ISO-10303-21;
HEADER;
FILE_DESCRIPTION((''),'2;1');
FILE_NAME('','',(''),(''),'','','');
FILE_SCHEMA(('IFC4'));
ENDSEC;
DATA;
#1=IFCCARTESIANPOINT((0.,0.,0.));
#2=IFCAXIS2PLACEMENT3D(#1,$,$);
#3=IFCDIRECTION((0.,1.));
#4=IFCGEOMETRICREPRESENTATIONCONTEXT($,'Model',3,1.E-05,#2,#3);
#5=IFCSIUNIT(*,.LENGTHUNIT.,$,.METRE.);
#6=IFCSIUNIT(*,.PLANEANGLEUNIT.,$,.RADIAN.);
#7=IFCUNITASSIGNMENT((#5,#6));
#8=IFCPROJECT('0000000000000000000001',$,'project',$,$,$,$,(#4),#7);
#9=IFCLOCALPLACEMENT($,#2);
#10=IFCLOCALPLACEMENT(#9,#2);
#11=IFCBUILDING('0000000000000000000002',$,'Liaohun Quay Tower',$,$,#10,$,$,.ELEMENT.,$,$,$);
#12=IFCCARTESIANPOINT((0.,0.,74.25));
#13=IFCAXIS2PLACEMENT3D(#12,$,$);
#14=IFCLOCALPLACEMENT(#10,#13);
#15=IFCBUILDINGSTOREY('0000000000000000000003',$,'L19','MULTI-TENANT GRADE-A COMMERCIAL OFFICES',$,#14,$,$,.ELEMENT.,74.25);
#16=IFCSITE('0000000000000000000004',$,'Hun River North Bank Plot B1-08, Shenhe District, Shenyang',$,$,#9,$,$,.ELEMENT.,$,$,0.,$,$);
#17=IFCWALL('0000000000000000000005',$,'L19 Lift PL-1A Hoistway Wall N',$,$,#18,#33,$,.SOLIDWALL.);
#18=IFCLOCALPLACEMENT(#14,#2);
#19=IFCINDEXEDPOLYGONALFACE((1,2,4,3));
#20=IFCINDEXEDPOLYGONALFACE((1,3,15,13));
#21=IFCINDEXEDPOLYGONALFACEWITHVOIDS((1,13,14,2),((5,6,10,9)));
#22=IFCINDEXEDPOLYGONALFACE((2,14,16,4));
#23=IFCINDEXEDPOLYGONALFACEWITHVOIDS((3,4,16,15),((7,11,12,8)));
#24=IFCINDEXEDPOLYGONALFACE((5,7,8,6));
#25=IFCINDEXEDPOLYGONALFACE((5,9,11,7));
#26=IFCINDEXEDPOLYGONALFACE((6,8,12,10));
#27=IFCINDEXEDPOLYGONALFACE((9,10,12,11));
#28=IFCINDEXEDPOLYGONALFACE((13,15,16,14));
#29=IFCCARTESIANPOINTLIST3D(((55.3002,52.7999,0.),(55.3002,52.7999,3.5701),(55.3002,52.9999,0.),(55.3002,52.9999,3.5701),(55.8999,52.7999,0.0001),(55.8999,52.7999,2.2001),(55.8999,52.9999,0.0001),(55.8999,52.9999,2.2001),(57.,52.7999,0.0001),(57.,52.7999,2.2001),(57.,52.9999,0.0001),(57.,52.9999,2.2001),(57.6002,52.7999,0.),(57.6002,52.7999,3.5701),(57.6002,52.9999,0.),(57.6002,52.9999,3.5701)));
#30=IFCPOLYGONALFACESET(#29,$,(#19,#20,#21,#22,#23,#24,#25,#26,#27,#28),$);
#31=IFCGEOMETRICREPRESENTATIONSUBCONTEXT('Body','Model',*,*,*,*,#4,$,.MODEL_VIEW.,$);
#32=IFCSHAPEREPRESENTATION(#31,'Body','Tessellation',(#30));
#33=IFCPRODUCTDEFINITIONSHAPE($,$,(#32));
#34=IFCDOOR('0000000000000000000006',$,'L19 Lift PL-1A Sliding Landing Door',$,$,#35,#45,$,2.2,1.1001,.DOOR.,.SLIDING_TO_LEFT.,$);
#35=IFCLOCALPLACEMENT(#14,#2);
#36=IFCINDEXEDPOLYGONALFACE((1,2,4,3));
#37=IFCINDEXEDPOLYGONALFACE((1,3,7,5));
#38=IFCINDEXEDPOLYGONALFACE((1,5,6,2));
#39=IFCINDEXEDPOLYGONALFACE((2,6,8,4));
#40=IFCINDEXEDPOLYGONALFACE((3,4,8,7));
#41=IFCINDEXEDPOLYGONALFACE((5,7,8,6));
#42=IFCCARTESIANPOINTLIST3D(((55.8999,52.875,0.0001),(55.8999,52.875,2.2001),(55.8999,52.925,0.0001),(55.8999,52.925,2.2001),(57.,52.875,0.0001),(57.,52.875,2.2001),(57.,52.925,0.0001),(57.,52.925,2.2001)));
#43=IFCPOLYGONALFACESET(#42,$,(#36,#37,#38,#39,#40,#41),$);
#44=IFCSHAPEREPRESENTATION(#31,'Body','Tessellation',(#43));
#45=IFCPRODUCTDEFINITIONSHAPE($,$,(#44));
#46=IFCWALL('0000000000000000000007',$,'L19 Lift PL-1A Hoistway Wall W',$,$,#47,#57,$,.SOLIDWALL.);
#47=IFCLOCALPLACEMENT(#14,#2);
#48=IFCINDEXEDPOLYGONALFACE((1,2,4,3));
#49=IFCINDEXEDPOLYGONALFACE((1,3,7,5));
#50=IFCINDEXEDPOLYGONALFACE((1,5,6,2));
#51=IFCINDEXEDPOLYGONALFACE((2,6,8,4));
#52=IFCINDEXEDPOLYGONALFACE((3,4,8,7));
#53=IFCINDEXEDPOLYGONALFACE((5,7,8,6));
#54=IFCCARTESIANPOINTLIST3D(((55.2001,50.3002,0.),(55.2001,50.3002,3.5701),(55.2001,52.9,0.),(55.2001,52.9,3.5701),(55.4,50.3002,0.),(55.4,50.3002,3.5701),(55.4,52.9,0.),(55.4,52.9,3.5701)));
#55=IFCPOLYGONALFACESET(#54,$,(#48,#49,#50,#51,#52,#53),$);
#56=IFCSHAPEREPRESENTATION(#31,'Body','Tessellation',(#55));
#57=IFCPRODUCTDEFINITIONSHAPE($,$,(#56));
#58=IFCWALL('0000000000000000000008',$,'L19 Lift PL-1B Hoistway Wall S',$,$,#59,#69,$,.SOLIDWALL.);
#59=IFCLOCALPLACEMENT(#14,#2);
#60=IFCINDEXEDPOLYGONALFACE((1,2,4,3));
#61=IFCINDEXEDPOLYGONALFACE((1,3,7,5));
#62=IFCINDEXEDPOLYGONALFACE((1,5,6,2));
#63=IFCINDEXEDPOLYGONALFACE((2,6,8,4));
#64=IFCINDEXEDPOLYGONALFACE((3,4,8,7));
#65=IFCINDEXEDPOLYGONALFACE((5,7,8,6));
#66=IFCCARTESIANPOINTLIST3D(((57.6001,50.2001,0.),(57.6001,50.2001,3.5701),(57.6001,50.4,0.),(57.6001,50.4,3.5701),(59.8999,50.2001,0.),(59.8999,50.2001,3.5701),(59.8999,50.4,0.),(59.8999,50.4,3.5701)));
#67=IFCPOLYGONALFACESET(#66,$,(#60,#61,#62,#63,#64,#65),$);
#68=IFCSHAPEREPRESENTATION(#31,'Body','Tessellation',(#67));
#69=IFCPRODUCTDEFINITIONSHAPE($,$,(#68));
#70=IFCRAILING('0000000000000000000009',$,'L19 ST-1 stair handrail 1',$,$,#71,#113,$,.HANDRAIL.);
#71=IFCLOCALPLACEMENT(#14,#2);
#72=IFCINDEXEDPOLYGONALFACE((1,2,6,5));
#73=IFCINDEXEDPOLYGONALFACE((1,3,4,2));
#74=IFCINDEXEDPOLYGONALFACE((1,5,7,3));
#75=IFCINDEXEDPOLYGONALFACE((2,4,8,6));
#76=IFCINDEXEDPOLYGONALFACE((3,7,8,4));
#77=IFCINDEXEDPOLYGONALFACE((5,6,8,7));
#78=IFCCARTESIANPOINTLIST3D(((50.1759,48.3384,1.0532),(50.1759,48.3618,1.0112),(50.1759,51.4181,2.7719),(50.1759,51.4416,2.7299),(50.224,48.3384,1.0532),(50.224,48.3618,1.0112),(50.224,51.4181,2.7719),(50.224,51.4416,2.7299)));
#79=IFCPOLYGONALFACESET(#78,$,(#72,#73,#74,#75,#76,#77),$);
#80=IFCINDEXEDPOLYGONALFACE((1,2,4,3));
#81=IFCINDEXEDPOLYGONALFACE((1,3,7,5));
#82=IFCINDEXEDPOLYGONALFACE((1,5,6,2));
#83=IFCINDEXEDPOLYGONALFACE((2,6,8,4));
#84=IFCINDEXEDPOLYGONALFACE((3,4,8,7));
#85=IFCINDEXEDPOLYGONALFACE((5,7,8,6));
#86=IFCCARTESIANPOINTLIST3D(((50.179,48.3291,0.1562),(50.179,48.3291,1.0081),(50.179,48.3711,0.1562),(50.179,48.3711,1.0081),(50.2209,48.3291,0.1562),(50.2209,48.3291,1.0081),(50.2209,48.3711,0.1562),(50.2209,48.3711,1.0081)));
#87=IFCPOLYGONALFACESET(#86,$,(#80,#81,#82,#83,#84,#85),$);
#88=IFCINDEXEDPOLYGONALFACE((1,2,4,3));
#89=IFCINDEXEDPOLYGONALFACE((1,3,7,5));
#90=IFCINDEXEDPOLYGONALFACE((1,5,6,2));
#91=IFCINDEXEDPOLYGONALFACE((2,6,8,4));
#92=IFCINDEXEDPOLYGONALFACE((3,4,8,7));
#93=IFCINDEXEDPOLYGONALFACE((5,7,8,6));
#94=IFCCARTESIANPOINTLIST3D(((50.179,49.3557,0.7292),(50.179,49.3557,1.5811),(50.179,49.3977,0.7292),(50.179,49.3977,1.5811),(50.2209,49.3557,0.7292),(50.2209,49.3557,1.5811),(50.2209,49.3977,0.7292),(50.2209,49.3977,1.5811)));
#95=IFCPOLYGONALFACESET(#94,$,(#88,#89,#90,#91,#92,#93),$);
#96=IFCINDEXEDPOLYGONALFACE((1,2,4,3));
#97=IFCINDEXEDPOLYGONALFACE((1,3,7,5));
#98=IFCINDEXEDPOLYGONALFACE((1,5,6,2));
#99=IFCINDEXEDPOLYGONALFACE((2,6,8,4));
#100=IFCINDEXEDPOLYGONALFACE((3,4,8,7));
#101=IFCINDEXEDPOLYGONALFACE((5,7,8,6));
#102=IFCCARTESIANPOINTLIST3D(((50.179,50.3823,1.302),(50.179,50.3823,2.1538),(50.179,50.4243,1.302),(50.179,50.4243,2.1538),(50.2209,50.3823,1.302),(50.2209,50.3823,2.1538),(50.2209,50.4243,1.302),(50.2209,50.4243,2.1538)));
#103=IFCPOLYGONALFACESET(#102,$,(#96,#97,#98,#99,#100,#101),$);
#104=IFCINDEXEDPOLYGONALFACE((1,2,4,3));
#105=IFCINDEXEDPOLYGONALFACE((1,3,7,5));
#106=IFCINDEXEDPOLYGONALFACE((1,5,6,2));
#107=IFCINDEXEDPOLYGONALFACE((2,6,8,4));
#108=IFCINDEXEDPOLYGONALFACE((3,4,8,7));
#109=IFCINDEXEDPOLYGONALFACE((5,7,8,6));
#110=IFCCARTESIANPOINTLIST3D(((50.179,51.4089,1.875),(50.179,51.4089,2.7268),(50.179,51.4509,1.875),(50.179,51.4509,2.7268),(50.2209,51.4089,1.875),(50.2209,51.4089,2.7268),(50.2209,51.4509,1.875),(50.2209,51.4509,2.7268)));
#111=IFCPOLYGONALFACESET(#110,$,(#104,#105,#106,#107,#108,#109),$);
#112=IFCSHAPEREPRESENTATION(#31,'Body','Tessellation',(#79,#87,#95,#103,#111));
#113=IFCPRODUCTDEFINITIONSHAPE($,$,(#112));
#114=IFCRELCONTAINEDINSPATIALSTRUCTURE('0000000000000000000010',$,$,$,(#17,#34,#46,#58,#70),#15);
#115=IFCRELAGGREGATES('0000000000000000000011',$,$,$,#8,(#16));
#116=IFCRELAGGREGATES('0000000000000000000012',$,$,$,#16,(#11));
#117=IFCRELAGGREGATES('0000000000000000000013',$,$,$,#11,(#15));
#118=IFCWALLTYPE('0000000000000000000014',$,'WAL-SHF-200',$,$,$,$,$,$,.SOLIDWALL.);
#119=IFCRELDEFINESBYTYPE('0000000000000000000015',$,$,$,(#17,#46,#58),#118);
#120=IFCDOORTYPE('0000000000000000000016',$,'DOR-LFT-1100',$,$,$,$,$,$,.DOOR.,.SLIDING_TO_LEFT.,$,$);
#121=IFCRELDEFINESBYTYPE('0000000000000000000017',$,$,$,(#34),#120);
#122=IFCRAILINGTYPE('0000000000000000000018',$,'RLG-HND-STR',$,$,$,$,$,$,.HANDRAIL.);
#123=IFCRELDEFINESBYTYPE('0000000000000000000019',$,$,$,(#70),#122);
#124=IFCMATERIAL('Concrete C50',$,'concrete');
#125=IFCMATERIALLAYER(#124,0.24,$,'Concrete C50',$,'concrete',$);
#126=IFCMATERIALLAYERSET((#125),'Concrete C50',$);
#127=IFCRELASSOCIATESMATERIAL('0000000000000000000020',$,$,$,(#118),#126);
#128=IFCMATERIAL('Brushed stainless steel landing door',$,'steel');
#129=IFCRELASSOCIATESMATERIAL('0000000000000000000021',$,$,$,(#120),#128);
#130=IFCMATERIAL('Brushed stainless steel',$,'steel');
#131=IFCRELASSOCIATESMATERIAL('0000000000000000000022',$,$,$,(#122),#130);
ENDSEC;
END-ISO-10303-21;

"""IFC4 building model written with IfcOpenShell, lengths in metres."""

from ifc_helpers import new_model, si_unit, direction, frame, frame_2d, origin, origin_2d, place, context, subcontext, project, spatial, rectangle, extrude, source, transform, mapped, material, layer, layer_set, type_object, element, fill, save


model = new_model("IFC4")

# Units and contexts
model_context = context("Model", 3, precision=1e-05, world=origin(), true_north=direction((0.0, 1.0)))
body_context = subcontext(model_context, "Body", "Model", "MODEL_VIEW")
ifc_project = project(units=[si_unit("LENGTHUNIT", "METRE"), si_unit("PLANEANGLEUNIT", "RADIAN")], contexts=[model_context])

# Site, building, storey
site_placement = place(None, origin())
site = spatial("IfcSite", under=ifc_project, at=site_placement, Name="Hun River North Bank Plot B1-08, Shenhe District, Shenyang", CompositionType="ELEMENT", RefElevation=0.0)
building_placement = place(site_placement, origin())
building = spatial("IfcBuilding", under=site, at=building_placement, Name="Liaohun Quay Tower", CompositionType="ELEMENT")
storey_placement = place(building_placement, frame((0.0, 0.0, 74.25)))
storey = spatial("IfcBuildingStorey", under=building, at=storey_placement, Name="L19", Description="MULTI-TENANT GRADE-A COMMERCIAL OFFICES", CompositionType="ELEMENT", Elevation=74.25)

# Shared definitions
ifc_material_1 = material(Name="Concrete C50", Category="concrete")

# Shared definitions
ifc_layer_1 = layer(ifc_material_1, 0.24, Name="Concrete C50", Category="concrete")
ifc_layer_set_1 = layer_set([ifc_layer_1], Name="Concrete C50")
wall_type_1 = type_object("IfcWallType", Name="WAL-SHF-200", PredefinedType="SOLIDWALL", material=ifc_layer_set_1)

# Wall, opening, door
wall_1_placement = place(storey_placement, frame((57.6001, 52.8999, 0.0), z_axis=(0.0, 0.0, 1.0), x_axis=(-1.0, 0.0, 0.0)))
wall_1 = element("IfcWall", 1, at=wall_1_placement, inside=storey, type_object=wall_type_1, Name="L19 Lift PL-1A Hoistway Wall N", PredefinedType="SOLIDWALL", context=body_context, shape_type="SweptSolid", body=[
    extrude(rectangle(XDim=2.3, YDim=0.2, at=frame_2d((1.1499, 0.0))), origin(), (0.0, 0.0, 1.0), 3.5701),
])
shared_shape_1 = source(origin(), body_context, "Body", "SweptSolid", [
    extrude(rectangle(XDim=1.1001, YDim=2.2, at=frame_2d((0.55, 1.1001))), frame((0.0, 0.1099, 0.0), z_axis=(0.0, -1.0, 0.0), x_axis=(1.0, 0.0, 0.0)), (0.0, 0.0, 1.0), 0.22),
])
opening_1_placement = place(wall_1_placement, frame((0.6001, 0.0, 0.0)))
opening_1 = element("IfcOpeningElement", 2, at=opening_1_placement, cuts=wall_1, PredefinedType="OPENING", context=body_context, shape_type="MappedRepresentation", body=[
    mapped(shared_shape_1, transform((0.0, 0.0, 0.0), x_axis=(1.0, 0.0, 0.0), y_axis=(0.0, 1.0, 0.0), z_axis=(0.0, 0.0, 1.0), scale=1.0)),
])
ifc_material_2 = material(Name="Brushed stainless steel landing door", Category="steel")
door_type_1 = type_object("IfcDoorType", Name="DOR-LFT-1100", OperationType="SLIDING_TO_LEFT", PredefinedType="DOOR", material=ifc_material_2)
shared_shape_2 = source(origin(), body_context, "Body", "SweptSolid", [
    extrude(rectangle(XDim=1.1001, YDim=2.2, at=frame_2d((0.55, 1.1001))), frame((0.0, 0.0249, 0.0), z_axis=(0.0, -1.0, 0.0), x_axis=(1.0, 0.0, 0.0)), (0.0, 0.0, 1.0), 0.05),
])
door_1_placement = place(opening_1_placement, origin())
door_1 = element("IfcDoor", 3, at=door_1_placement, inside=storey, type_object=door_type_1, Name="L19 Lift PL-1A Sliding Landing Door", OperationType="SLIDING_TO_LEFT", OverallHeight=2.2, OverallWidth=1.1001, PredefinedType="DOOR", context=body_context, shape_type="MappedRepresentation", body=[
    mapped(shared_shape_2, transform((0.0, 0.0, 0.0), x_axis=(1.0, 0.0, 0.0), y_axis=(0.0, 1.0, 0.0), z_axis=(0.0, 0.0, 1.0), scale=1.0)),
])
fill(opening_1, door_1)

# Walls
wall_2_placement = place(storey_placement, frame((55.3, 52.8999, 0.0), z_axis=(0.0, 0.0, 1.0), x_axis=(0.0, -1.0, 0.0)))
element("IfcWall", 4, at=wall_2_placement, inside=storey, type_object=wall_type_1, Name="L19 Lift PL-1A Hoistway Wall W", PredefinedType="SOLIDWALL", context=body_context, shape_type="SweptSolid", body=[
    extrude(rectangle(XDim=2.5999, YDim=0.2, at=frame_2d((1.2998, 0.0))), origin(), (0.0, 0.0, 1.0), 3.5701),
])
wall_3_placement = place(storey_placement, frame((57.6001, 50.3, 0.0), z_axis=(0.0, 0.0, 1.0), x_axis=(1.0, 0.0, 0.0)))
element("IfcWall", 5, at=wall_3_placement, inside=storey, type_object=wall_type_1, Name="L19 Lift PL-1B Hoistway Wall S", PredefinedType="SOLIDWALL", context=body_context, shape_type="SweptSolid", body=[
    extrude(rectangle(XDim=2.2998, YDim=0.2, at=frame_2d((1.1499, 0.0))), origin(), (0.0, 0.0, 1.0), 3.5701),
])

# Railing
ifc_material_3 = material(Name="Brushed stainless steel", Category="steel")
railing_type = type_object("IfcRailingType", Name="RLG-HND-STR", PredefinedType="HANDRAIL", material=ifc_material_3)
railing_placement = place(storey_placement, frame((50.2, 48.3501, 0.1562)))
element("IfcRailing", 6, at=railing_placement, inside=storey, type_object=railing_type, Name="L19 ST-1 stair handrail 1", PredefinedType="HANDRAIL", context=body_context, shape_type="SweptSolid", body=[
    extrude(rectangle(XDim=0.0481, YDim=0.0481, at=origin_2d()), frame((0.0, 0.0, 0.876), z_axis=(0.0, 0.873225, 0.487317), x_axis=(-1.0, 0.0, 0.0)), (0.0, 0.0, 1.0), 3.5269),
    extrude(rectangle(XDim=0.042, YDim=0.042, at=origin_2d()), origin(), (0.0, 0.0, 1.0), 0.8518),
    extrude(rectangle(XDim=0.042, YDim=0.042, at=origin_2d()), frame((0.0, 1.0266, 0.573)), (0.0, 0.0, 1.0), 0.8518),
    extrude(rectangle(XDim=0.042, YDim=0.042, at=origin_2d()), frame((0.0, 2.0532, 1.1458)), (0.0, 0.0, 1.0), 0.8518),
    extrude(rectangle(XDim=0.042, YDim=0.042, at=origin_2d()), frame((0.0, 3.0798, 1.7188)), (0.0, 0.0, 1.0), 0.8518),
])

save(model, "model.ifc")
